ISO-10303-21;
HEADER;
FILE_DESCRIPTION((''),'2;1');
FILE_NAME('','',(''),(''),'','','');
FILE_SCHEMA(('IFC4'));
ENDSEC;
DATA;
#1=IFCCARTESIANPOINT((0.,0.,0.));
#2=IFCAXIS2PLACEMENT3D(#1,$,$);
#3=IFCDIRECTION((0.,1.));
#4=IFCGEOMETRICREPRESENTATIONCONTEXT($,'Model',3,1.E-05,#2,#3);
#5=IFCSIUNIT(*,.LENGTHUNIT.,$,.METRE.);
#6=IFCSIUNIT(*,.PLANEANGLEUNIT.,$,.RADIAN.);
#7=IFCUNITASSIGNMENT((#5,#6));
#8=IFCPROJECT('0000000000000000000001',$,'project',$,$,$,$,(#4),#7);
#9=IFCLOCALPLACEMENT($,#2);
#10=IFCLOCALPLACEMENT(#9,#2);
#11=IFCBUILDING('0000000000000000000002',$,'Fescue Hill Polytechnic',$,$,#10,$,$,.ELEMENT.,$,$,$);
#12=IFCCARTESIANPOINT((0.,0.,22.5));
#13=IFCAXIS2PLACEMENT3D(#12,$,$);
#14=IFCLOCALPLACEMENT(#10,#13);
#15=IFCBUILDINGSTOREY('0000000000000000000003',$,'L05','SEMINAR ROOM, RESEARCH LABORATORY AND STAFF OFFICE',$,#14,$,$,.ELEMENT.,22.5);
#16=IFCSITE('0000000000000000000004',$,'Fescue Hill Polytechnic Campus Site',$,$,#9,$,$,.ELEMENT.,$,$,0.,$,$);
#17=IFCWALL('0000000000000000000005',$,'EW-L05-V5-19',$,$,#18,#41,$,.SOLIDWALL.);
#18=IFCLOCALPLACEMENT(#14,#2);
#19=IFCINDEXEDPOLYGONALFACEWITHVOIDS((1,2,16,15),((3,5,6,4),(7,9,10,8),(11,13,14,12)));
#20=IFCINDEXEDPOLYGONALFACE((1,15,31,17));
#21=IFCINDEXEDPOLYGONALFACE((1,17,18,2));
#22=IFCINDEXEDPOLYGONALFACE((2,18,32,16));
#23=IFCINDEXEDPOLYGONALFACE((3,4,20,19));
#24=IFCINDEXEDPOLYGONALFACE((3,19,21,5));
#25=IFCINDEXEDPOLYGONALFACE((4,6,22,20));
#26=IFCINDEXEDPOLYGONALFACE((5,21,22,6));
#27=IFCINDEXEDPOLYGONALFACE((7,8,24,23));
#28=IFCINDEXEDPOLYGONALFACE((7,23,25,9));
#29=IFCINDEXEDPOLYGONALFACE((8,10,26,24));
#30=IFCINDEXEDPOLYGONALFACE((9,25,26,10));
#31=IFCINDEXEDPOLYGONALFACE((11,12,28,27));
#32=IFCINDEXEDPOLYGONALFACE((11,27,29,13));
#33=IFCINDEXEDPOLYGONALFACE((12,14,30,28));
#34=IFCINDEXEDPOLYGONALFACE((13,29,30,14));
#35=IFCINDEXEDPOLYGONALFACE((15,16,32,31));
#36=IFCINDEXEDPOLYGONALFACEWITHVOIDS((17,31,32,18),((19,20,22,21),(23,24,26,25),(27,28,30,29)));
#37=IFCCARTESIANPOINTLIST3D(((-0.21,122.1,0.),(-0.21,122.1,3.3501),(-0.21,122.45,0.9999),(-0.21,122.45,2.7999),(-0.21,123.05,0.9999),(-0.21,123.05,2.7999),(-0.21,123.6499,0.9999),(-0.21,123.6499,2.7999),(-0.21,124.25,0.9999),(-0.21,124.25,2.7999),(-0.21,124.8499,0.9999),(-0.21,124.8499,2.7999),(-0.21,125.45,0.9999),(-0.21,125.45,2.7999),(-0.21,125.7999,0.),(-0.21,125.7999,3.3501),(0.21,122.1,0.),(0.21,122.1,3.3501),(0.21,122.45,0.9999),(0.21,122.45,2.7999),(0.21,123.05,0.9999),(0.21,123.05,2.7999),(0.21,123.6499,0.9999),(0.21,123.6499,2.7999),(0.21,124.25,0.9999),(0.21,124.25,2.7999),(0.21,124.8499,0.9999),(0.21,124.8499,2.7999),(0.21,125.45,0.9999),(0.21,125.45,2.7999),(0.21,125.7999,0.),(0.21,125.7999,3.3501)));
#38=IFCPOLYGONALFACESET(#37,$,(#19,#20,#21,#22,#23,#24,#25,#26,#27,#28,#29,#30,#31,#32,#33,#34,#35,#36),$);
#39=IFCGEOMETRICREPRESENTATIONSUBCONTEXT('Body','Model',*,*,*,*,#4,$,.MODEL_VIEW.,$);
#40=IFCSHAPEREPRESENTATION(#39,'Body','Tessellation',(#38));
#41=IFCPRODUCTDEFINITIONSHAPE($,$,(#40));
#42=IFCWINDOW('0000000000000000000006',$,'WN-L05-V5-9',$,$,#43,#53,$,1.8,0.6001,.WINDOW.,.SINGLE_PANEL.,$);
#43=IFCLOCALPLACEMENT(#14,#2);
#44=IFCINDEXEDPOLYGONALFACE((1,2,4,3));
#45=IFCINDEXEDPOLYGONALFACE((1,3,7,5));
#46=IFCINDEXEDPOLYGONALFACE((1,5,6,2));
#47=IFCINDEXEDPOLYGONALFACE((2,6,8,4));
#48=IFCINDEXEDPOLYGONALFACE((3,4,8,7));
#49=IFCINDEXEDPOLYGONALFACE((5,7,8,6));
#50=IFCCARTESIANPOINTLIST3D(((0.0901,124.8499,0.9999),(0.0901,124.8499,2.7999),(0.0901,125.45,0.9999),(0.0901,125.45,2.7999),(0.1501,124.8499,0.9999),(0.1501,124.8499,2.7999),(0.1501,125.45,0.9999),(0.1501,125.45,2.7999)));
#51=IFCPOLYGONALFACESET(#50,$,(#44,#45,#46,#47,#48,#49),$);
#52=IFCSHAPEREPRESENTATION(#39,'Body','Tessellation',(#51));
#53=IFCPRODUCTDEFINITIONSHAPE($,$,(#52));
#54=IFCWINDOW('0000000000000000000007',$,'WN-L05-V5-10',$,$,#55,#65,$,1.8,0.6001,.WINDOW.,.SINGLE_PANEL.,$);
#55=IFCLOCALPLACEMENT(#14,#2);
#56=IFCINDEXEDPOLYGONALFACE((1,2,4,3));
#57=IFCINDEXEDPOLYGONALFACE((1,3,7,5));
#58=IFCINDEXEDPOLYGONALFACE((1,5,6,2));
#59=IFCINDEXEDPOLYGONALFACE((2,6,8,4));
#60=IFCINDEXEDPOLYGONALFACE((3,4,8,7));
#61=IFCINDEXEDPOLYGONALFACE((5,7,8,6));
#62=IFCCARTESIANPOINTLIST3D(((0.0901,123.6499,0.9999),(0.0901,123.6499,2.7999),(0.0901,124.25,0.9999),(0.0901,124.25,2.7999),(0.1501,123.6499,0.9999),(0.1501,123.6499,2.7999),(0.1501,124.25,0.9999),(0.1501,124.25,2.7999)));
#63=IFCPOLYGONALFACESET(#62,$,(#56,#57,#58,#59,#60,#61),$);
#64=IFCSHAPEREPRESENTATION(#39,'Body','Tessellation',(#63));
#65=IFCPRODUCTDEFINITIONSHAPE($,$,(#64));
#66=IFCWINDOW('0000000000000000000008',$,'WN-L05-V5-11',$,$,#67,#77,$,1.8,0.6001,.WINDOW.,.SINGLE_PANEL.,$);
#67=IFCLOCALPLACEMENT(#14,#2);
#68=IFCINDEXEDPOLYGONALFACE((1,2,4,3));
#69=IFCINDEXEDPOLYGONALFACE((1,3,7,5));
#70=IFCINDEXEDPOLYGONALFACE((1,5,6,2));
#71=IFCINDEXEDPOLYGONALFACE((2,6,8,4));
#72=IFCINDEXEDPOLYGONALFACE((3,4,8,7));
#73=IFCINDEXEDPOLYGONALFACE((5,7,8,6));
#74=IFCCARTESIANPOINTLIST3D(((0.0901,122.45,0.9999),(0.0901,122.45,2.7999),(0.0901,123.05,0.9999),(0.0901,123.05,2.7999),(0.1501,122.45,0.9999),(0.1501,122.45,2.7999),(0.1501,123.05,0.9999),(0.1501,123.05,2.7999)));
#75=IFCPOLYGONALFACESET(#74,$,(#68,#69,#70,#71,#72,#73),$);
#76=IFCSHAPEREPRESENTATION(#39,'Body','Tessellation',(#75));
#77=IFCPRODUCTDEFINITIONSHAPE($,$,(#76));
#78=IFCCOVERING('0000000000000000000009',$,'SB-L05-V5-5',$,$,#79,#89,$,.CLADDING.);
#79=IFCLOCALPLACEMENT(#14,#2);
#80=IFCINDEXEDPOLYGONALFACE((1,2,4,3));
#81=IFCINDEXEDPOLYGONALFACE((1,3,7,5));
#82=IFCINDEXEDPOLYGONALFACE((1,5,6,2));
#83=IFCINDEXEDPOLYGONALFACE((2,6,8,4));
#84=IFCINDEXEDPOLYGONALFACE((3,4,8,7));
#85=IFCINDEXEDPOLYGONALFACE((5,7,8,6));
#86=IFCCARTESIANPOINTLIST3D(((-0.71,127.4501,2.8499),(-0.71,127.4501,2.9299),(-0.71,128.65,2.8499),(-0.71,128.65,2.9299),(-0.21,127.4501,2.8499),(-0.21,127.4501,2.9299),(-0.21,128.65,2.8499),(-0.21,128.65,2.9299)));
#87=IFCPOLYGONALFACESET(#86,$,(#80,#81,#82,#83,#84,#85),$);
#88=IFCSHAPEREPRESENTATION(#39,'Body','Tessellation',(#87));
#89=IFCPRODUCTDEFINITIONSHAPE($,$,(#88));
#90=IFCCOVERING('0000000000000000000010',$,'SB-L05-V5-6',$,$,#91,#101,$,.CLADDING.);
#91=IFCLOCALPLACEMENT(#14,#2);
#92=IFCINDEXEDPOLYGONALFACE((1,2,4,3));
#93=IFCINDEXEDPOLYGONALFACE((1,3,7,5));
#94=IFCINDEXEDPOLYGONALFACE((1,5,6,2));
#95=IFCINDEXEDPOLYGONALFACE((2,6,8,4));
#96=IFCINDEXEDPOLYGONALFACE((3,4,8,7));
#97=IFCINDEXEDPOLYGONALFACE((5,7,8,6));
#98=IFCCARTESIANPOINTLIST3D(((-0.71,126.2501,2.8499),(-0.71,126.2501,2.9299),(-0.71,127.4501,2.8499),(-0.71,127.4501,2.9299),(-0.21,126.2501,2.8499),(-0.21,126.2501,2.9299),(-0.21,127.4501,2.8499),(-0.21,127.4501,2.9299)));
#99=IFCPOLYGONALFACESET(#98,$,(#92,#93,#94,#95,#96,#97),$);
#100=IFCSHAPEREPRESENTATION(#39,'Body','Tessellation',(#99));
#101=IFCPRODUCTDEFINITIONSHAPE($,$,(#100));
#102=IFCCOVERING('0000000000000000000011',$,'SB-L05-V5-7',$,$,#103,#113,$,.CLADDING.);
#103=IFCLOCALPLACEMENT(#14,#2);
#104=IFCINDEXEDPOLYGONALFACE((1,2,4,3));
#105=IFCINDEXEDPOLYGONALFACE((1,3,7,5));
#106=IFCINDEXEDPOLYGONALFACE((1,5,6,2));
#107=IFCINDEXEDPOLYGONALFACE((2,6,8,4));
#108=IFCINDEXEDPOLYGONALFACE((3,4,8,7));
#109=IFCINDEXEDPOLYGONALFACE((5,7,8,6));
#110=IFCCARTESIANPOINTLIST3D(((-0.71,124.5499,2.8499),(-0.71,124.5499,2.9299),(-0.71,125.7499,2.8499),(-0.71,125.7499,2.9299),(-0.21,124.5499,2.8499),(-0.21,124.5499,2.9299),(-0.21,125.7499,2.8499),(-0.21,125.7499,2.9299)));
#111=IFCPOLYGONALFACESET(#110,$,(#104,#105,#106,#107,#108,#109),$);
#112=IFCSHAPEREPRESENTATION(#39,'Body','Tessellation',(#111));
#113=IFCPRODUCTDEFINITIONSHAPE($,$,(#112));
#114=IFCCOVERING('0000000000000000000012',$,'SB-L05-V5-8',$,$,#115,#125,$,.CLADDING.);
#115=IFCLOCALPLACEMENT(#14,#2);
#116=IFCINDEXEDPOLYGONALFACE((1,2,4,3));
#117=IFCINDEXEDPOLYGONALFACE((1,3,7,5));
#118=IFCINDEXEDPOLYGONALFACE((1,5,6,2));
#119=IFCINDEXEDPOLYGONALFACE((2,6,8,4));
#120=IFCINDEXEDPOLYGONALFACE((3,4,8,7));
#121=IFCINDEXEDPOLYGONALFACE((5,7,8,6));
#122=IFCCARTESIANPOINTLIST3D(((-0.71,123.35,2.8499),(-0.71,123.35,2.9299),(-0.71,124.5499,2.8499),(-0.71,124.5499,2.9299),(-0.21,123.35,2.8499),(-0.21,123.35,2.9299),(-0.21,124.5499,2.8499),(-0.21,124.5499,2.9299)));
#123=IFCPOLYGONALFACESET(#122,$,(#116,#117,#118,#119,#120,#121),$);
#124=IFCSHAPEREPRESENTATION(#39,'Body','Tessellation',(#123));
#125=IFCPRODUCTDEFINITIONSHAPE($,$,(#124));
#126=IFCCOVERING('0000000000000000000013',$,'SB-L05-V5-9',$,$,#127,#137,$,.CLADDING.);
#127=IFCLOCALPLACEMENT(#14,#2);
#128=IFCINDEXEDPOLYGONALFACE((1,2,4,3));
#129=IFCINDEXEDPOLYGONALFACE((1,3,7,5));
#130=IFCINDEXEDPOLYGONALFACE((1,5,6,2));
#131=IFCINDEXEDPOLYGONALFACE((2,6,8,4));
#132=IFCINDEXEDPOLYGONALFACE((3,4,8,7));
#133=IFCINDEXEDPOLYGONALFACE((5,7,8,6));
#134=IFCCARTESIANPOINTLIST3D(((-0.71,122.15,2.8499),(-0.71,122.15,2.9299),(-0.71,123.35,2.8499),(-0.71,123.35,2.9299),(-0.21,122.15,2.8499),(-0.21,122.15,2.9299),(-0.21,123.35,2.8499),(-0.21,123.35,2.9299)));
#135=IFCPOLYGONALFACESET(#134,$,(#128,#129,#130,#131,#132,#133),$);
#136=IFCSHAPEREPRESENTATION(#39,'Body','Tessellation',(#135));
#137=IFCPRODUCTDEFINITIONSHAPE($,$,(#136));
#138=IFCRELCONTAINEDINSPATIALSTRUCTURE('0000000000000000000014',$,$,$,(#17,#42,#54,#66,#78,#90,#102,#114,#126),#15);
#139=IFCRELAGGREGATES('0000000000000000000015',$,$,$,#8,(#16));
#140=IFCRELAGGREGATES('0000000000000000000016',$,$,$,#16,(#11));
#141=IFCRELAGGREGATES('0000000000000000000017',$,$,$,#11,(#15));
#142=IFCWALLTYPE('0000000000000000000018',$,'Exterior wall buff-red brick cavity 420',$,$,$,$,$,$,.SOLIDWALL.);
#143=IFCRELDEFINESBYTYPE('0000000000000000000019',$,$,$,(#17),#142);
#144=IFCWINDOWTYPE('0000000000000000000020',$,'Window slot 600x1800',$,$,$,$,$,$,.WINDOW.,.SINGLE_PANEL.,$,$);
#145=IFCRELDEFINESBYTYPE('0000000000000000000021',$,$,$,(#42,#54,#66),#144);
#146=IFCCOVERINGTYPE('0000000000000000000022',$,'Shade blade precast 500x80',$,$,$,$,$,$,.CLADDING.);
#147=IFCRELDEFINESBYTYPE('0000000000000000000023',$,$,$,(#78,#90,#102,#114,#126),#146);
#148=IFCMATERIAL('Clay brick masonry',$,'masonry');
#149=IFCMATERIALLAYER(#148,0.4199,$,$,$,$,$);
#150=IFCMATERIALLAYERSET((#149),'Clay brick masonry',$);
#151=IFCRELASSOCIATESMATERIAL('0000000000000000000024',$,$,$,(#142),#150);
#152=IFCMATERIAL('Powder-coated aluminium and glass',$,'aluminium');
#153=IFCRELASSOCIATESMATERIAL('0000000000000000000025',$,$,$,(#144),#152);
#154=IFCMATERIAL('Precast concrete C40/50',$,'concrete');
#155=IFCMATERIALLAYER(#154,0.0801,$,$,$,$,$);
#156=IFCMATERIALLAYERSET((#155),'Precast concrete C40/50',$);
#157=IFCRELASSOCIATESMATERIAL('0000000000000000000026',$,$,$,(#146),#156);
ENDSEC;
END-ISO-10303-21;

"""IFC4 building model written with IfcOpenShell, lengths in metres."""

from ifc_helpers import new_model, si_unit, direction, frame, frame_2d, origin, origin_2d, place, context, subcontext, project, spatial, rectangle, extrude, material, layer, layer_set, type_object, element, fill, save


model = new_model("IFC4")

# Units and contexts
model_context = context("Model", 3, precision=1e-05, world=origin(), true_north=direction((0.0, 1.0)))
body_context = subcontext(model_context, "Body", "Model", "MODEL_VIEW")
ifc_project = project(units=[si_unit("LENGTHUNIT", "METRE"), si_unit("PLANEANGLEUNIT", "RADIAN")], contexts=[model_context])

# Site, building, storey
site_placement = place(None, origin())
site = spatial("IfcSite", under=ifc_project, at=site_placement, Name="Fescue Hill Polytechnic Campus Site", CompositionType="ELEMENT", RefElevation=0.0)
building_placement = place(site_placement, origin())
building = spatial("IfcBuilding", under=site, at=building_placement, Name="Fescue Hill Polytechnic", CompositionType="ELEMENT")
storey_placement = place(building_placement, frame((0.0, 0.0, 22.5)))
storey = spatial("IfcBuildingStorey", under=building, at=storey_placement, Name="L05", Description="SEMINAR ROOM, RESEARCH LABORATORY AND STAFF OFFICE", CompositionType="ELEMENT", Elevation=22.5)

# Shared definitions
ifc_material_1 = material(Name="Clay brick masonry", Category="masonry")

# Wall, openings, windows
ifc_layer_1 = layer(ifc_material_1, 0.4199)
ifc_layer_set_1 = layer_set([ifc_layer_1], Name="Clay brick masonry")
wall_type_1 = type_object("IfcWallType", Name="Exterior wall buff-red brick cavity 420", PredefinedType="SOLIDWALL", material=ifc_layer_set_1)
wall_1_placement = place(storey_placement, frame((0.0, 125.8, 0.0), z_axis=(0.0, 0.0, 1.0), x_axis=(0.0, -1.0, 0.0)))
wall_1 = element("IfcWall", 1, at=wall_1_placement, inside=storey, type_object=wall_type_1, Name="EW-L05-V5-19", PredefinedType="SOLIDWALL", context=body_context, shape_type="SweptSolid", body=[
    extrude(rectangle(XDim=3.7, YDim=0.4199, at=frame_2d((1.8501, 0.0))), origin(), (0.0, 0.0, 1.0), 3.3501),
])
opening_1_placement = place(wall_1_placement, frame((0.3501, 0.0, 1.0)))
opening_1 = element("IfcOpeningElement", 2, at=opening_1_placement, cuts=wall_1, PredefinedType="OPENING", context=body_context, shape_type="SweptSolid", body=[
    extrude(rectangle(XDim=0.6001, YDim=1.8, at=frame_2d((0.3, 0.8999))), frame((0.0, 0.22, 0.0), z_axis=(0.0, -1.0, 0.0), x_axis=(1.0, 0.0, 0.0)), (0.0, 0.0, 1.0), 0.4399),
])
opening_2_placement = place(wall_1_placement, frame((1.55, 0.0, 1.0)))
opening_2 = element("IfcOpeningElement", 3, at=opening_2_placement, cuts=wall_1, PredefinedType="OPENING", context=body_context, shape_type="SweptSolid", body=[
    extrude(rectangle(XDim=0.6001, YDim=1.8, at=frame_2d((0.3, 0.8999))), frame((0.0, 0.22, 0.0), z_axis=(0.0, -1.0, 0.0), x_axis=(1.0, 0.0, 0.0)), (0.0, 0.0, 1.0), 0.4399),
])
opening_3_placement = place(wall_1_placement, frame((2.75, 0.0, 1.0)))
opening_3 = element("IfcOpeningElement", 4, at=opening_3_placement, cuts=wall_1, PredefinedType="OPENING", context=body_context, shape_type="SweptSolid", body=[
    extrude(rectangle(XDim=0.6001, YDim=1.8, at=frame_2d((0.3, 0.8999))), frame((0.0, 0.22, 0.0), z_axis=(0.0, -1.0, 0.0), x_axis=(1.0, 0.0, 0.0)), (0.0, 0.0, 1.0), 0.4399),
])
ifc_material_2 = material(Name="Powder-coated aluminium and glass", Category="aluminium")
window_type = type_object("IfcWindowType", Name="Window slot 600x1800", PartitioningType="SINGLE_PANEL", PredefinedType="WINDOW", material=ifc_material_2)
window_1_placement = place(opening_1_placement, origin())
window_1 = element("IfcWindow", 5, at=window_1_placement, inside=storey, type_object=window_type, Name="WN-L05-V5-9", OverallHeight=1.8, OverallWidth=0.6001, PartitioningType="SINGLE_PANEL", PredefinedType="WINDOW", context=body_context, shape_type="SweptSolid", body=[
    extrude(rectangle(XDim=0.6001, YDim=1.8, at=frame_2d((0.3, 0.8999))), frame((0.0, 0.1501, 0.0), z_axis=(0.0, -1.0, 0.0), x_axis=(1.0, 0.0, 0.0)), (0.0, 0.0, 1.0), 0.0601),
])
fill(opening_1, window_1)
window_2_placement = place(opening_2_placement, origin())
window_2 = element("IfcWindow", 6, at=window_2_placement, inside=storey, type_object=window_type, Name="WN-L05-V5-10", OverallHeight=1.8, OverallWidth=0.6001, PartitioningType="SINGLE_PANEL", PredefinedType="WINDOW", context=body_context, shape_type="SweptSolid", body=[
    extrude(rectangle(XDim=0.6001, YDim=1.8, at=frame_2d((0.3, 0.8999))), frame((0.0, 0.1501, 0.0), z_axis=(0.0, -1.0, 0.0), x_axis=(1.0, 0.0, 0.0)), (0.0, 0.0, 1.0), 0.0601),
])
fill(opening_2, window_2)
window_3_placement = place(opening_3_placement, origin())
window_3 = element("IfcWindow", 7, at=window_3_placement, inside=storey, type_object=window_type, Name="WN-L05-V5-11", OverallHeight=1.8, OverallWidth=0.6001, PartitioningType="SINGLE_PANEL", PredefinedType="WINDOW", context=body_context, shape_type="SweptSolid", body=[
    extrude(rectangle(XDim=0.6001, YDim=1.8, at=frame_2d((0.3, 0.8999))), frame((0.0, 0.1501, 0.0), z_axis=(0.0, -1.0, 0.0), x_axis=(1.0, 0.0, 0.0)), (0.0, 0.0, 1.0), 0.0601),
])
fill(opening_3, window_3)

# Coverings
ifc_material_3 = material(Name="Precast concrete C40/50", Category="concrete")
ifc_layer_2 = layer(ifc_material_3, 0.0801)
ifc_layer_set_2 = layer_set([ifc_layer_2], Name="Precast concrete C40/50")
covering_type = type_object("IfcCoveringType", Name="Shade blade precast 500x80", PredefinedType="CLADDING", material=ifc_layer_set_2)
for number, where, z_axis, x_axis, name in (
    (8, (-0.46, 128.05, 2.8499), (0.0, 0.0, 1.0), (0.0, -1.0, 0.0), "SB-L05-V5-5"),
    (9, (-0.46, 126.8501, 2.8499), (0.0, 0.0, 1.0), (0.0, -1.0, 0.0), "SB-L05-V5-6"),
    (10, (-0.46, 125.1499, 2.8499), (0.0, 0.0, 1.0), (0.0, -1.0, 0.0), "SB-L05-V5-7"),
    (11, (-0.46, 123.95, 2.8499), (0.0, 0.0, 1.0), (0.0, -1.0, 0.0), "SB-L05-V5-8"),
    (12, (-0.46, 122.75, 2.8499), (0.0, 0.0, 1.0), (0.0, -1.0, 0.0), "SB-L05-V5-9"),
):
    element("IfcCovering", number, at=place(storey_placement, frame(where, z_axis=z_axis, x_axis=x_axis)), inside=storey, type_object=covering_type, Name=name, PredefinedType="CLADDING", context=body_context, shape_type="SweptSolid", body=[
        extrude(rectangle(XDim=1.2, YDim=0.5, at=origin_2d()), origin(), (0.0, 0.0, 1.0), 0.0801),
    ])

save(model, "model.ifc")
